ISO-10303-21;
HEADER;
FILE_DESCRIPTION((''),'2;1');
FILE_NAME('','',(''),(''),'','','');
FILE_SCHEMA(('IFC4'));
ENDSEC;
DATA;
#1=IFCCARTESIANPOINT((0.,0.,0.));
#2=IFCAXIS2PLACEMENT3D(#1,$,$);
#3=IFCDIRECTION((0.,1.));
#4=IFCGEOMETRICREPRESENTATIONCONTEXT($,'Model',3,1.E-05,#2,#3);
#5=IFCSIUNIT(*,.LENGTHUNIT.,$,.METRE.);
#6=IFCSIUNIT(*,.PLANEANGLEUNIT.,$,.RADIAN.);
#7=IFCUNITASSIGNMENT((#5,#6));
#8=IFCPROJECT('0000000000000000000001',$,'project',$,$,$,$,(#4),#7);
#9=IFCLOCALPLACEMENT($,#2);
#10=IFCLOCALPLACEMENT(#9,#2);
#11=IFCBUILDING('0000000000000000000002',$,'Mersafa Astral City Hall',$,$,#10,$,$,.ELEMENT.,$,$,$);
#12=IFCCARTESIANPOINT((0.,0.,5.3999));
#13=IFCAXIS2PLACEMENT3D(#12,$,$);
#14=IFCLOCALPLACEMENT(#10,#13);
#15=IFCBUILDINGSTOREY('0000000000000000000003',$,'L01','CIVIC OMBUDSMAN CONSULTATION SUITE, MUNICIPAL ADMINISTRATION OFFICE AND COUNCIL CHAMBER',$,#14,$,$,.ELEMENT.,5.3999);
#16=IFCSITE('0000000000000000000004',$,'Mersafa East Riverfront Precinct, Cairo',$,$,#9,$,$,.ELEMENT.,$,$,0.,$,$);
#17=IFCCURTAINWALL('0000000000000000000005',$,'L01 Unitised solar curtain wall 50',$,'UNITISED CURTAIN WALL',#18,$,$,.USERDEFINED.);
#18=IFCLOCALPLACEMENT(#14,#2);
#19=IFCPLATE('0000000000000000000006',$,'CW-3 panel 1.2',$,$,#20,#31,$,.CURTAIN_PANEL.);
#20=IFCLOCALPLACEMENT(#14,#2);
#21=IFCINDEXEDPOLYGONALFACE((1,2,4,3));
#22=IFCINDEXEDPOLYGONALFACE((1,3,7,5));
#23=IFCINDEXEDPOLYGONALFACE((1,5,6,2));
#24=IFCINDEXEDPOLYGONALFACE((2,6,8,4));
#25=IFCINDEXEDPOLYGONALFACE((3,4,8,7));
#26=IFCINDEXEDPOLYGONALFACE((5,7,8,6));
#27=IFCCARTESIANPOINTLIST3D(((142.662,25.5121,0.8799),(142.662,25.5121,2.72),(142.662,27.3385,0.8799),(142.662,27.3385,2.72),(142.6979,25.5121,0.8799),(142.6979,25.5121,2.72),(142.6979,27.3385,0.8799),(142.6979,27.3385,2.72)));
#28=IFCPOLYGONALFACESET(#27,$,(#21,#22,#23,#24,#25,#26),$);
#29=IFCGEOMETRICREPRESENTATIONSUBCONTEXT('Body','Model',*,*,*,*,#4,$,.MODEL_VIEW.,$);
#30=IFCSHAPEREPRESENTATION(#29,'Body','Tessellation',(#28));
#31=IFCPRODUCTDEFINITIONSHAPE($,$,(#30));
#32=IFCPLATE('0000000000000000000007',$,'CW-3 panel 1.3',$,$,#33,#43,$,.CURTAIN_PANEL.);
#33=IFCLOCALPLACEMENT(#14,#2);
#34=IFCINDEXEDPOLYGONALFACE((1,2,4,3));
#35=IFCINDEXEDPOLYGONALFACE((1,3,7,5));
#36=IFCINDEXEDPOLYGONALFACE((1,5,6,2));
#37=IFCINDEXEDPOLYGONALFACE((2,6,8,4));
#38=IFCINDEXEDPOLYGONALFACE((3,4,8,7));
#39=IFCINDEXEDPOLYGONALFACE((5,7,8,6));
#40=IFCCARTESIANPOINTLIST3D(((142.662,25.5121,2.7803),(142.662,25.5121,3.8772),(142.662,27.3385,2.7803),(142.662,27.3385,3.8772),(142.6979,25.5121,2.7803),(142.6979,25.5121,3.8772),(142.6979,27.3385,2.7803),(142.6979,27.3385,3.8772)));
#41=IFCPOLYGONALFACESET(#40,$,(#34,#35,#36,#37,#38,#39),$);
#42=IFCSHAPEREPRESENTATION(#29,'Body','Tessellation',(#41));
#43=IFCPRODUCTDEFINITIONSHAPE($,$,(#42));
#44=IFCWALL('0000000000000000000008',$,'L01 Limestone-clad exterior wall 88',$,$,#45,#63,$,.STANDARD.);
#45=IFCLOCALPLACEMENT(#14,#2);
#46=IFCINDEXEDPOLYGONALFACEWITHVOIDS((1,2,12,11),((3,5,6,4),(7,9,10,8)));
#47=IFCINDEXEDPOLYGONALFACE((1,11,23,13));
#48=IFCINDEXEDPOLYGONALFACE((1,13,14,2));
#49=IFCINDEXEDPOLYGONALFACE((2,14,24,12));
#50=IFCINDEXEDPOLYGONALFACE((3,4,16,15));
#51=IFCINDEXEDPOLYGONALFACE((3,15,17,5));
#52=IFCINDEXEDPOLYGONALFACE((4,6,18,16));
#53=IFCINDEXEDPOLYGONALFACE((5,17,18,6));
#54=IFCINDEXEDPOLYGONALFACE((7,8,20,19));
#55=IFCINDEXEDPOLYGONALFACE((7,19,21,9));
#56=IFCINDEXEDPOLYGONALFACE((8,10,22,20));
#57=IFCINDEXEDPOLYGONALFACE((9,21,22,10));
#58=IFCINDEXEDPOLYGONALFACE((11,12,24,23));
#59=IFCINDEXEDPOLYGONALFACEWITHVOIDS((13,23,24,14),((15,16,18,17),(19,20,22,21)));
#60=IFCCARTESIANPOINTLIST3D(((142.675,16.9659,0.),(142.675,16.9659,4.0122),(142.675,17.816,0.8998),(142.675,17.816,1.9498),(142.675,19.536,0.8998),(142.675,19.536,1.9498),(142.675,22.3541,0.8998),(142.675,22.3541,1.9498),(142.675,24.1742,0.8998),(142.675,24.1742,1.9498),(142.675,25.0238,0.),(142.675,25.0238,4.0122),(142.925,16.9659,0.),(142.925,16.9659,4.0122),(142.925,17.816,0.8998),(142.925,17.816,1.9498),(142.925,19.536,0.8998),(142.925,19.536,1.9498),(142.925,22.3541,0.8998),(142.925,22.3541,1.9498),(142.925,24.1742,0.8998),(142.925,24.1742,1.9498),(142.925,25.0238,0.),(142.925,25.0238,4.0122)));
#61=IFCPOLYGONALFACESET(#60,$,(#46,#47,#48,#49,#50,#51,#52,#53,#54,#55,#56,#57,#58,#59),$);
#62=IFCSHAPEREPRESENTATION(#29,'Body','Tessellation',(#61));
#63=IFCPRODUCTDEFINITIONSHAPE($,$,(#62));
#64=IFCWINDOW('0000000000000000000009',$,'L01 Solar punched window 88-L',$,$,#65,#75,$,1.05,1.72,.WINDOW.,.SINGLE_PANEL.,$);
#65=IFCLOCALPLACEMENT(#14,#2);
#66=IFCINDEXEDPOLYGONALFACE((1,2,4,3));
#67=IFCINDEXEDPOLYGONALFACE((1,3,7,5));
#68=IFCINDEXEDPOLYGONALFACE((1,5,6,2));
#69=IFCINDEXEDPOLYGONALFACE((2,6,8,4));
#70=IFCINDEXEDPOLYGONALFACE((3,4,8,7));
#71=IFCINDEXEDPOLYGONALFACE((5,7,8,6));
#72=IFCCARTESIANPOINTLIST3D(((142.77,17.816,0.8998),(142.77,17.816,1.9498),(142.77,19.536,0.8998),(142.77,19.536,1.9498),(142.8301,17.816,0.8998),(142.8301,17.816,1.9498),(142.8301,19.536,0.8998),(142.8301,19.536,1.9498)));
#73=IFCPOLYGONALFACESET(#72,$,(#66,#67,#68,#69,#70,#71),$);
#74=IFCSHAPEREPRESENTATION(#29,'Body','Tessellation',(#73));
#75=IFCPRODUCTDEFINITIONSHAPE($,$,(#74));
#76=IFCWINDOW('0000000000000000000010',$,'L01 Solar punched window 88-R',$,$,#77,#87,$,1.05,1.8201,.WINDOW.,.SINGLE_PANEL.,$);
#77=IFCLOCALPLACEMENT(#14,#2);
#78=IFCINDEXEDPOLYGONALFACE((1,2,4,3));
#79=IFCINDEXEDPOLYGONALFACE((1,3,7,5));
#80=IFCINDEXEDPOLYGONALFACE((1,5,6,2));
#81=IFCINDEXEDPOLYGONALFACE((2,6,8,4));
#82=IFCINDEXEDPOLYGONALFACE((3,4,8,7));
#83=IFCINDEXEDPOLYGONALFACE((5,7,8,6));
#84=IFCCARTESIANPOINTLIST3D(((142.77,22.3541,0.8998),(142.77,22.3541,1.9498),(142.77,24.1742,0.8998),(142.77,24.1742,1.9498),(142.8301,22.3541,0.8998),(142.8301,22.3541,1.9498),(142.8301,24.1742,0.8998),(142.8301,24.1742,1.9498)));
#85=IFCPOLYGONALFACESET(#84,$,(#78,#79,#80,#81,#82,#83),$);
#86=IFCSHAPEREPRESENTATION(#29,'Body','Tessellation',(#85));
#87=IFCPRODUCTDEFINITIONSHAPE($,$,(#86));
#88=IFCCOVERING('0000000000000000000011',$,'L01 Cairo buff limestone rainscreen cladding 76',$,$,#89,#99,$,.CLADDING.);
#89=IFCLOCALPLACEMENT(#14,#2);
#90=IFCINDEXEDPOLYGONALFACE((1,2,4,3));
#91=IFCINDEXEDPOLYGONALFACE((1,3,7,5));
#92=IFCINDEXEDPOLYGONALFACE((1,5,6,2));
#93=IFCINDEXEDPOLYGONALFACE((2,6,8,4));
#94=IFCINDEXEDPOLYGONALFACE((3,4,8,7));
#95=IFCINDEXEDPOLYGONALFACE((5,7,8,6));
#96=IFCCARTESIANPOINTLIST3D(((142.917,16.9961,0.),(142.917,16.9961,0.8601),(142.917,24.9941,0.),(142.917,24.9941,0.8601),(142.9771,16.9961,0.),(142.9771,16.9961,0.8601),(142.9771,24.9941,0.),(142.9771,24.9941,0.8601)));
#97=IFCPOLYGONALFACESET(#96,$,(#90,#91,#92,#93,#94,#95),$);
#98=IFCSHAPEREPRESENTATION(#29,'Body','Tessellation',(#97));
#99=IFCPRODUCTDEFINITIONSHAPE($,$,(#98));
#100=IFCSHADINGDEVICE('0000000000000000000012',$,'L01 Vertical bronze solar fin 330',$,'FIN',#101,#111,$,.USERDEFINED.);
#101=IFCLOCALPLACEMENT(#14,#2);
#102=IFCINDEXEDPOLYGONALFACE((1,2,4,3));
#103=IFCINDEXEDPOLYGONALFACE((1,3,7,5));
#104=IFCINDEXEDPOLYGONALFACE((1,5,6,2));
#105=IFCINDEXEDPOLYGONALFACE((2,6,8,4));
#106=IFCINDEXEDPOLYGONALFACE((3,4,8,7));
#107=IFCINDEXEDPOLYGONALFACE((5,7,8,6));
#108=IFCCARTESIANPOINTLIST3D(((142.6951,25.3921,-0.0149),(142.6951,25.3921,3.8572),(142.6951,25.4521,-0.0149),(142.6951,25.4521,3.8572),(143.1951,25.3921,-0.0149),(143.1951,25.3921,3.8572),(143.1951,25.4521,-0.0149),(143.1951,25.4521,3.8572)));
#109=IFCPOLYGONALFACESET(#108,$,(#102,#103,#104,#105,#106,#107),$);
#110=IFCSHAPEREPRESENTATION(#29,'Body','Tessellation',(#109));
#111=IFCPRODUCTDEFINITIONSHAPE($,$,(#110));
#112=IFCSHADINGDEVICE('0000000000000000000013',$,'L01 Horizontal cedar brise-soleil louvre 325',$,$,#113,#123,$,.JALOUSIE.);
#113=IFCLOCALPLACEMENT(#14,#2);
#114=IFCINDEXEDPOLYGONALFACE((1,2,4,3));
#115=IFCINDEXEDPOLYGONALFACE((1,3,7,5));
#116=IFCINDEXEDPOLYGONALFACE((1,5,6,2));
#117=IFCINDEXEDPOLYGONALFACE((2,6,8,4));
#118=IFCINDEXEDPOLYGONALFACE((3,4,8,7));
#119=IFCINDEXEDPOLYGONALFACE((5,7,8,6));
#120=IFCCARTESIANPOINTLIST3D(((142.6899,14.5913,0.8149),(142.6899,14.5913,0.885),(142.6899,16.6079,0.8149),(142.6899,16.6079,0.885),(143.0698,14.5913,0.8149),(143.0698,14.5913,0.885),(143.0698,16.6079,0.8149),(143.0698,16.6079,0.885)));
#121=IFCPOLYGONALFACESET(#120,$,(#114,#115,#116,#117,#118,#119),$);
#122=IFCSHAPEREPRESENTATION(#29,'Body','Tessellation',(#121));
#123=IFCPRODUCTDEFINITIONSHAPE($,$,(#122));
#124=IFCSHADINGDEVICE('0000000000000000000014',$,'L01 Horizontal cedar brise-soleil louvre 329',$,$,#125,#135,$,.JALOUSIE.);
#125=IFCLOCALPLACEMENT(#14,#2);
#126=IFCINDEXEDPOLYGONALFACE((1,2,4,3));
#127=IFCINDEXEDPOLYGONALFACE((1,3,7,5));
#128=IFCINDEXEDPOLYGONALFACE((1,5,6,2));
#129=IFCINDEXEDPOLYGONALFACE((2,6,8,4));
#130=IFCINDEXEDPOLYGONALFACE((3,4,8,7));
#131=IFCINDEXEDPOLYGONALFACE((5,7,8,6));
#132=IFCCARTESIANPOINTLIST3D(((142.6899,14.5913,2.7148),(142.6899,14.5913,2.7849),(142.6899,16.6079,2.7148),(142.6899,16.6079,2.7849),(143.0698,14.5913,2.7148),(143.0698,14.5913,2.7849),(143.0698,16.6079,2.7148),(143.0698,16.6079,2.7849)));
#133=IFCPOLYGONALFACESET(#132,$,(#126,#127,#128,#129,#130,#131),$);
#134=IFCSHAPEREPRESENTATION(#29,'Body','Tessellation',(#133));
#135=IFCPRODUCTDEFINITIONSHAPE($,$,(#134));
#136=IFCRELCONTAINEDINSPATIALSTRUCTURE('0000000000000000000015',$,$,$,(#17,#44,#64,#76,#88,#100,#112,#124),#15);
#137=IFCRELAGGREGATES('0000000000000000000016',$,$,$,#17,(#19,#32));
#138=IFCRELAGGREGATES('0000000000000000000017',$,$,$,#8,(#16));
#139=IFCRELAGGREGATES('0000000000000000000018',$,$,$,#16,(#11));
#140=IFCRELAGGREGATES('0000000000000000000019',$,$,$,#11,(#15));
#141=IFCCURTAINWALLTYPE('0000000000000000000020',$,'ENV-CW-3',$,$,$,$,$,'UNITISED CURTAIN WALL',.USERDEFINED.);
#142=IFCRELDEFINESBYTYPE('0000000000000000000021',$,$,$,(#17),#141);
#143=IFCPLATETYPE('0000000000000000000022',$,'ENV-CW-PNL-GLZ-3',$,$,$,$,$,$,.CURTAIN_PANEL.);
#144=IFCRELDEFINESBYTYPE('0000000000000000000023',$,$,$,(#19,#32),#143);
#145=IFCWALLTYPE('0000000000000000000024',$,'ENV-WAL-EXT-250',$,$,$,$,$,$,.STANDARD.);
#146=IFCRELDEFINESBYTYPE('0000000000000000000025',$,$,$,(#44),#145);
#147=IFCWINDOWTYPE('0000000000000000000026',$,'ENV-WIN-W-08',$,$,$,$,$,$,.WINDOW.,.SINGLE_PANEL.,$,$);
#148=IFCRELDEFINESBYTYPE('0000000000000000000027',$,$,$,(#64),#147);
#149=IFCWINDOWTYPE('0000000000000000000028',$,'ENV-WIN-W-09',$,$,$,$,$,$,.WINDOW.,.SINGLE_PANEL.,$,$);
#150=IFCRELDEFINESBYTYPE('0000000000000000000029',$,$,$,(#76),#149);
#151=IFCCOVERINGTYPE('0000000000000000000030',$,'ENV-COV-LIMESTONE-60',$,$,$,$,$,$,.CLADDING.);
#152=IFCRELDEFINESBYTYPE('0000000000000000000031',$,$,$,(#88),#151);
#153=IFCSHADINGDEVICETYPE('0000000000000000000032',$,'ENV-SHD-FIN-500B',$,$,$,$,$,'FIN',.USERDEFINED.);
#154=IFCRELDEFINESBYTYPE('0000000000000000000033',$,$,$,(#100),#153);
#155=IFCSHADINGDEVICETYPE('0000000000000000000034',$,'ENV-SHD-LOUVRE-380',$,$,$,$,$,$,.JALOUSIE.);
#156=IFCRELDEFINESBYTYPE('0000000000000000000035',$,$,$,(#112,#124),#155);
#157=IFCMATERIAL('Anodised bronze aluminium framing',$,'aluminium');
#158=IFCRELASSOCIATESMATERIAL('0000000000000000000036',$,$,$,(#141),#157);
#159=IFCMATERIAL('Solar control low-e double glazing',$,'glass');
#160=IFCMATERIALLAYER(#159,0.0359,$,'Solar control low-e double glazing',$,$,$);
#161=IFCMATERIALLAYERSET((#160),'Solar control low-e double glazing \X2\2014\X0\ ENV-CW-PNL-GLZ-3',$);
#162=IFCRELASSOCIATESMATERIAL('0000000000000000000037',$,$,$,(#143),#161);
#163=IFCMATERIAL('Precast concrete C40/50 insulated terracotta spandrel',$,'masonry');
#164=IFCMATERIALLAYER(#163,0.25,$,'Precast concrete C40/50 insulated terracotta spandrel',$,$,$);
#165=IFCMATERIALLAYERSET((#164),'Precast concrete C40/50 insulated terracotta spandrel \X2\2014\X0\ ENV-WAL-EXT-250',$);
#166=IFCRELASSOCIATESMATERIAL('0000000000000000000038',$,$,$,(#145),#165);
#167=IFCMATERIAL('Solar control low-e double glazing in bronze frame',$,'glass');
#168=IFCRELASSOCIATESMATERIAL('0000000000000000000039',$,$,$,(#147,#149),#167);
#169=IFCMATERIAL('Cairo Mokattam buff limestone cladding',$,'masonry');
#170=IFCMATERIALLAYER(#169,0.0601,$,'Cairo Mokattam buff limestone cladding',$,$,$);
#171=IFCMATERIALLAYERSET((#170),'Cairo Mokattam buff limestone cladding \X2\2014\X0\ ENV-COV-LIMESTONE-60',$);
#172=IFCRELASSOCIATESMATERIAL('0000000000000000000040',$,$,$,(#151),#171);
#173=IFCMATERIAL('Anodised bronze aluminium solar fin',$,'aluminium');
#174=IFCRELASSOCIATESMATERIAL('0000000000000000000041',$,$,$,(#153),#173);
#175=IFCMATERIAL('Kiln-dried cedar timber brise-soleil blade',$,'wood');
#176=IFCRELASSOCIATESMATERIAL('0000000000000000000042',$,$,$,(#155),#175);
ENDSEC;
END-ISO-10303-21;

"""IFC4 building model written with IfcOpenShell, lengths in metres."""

from ifc_helpers import new_model, si_unit, direction, frame, frame_2d, origin, origin_2d, place, context, subcontext, project, spatial, rectangle, extrude, material, layer, layer_set, type_object, element, fill, aggregate, save


model = new_model("IFC4")

# Units and contexts
model_context = context("Model", 3, precision=1e-05, world=origin(), true_north=direction((0.0, 1.0)))
body_context = subcontext(model_context, "Body", "Model", "MODEL_VIEW")
ifc_project = project(units=[si_unit("LENGTHUNIT", "METRE"), si_unit("PLANEANGLEUNIT", "RADIAN")], contexts=[model_context])

# Site, building, storey
site_placement = place(None, origin())
site = spatial("IfcSite", under=ifc_project, at=site_placement, Name="Mersafa East Riverfront Precinct, Cairo", CompositionType="ELEMENT", RefElevation=0.0)
building_placement = place(site_placement, origin())
building = spatial("IfcBuilding", under=site, at=building_placement, Name="Mersafa Astral City Hall", CompositionType="ELEMENT")
storey_placement = place(building_placement, frame((0.0, 0.0, 5.3999)))
storey = spatial("IfcBuildingStorey", under=building, at=storey_placement, Name="L01", Description="CIVIC OMBUDSMAN CONSULTATION SUITE, MUNICIPAL ADMINISTRATION OFFICE AND COUNCIL CHAMBER", CompositionType="ELEMENT", Elevation=5.3999)

# Shared definitions
ifc_material_1 = material(Name="Anodised bronze aluminium framing", Category="aluminium")

# Curtain wall
curtain_wall_type_1 = type_object("IfcCurtainWallType", Name="ENV-CW-3", ElementType="UNITISED CURTAIN WALL", PredefinedType="USERDEFINED", material=ifc_material_1)
curtain_wall_1_placement = place(storey_placement, origin())
curtain_wall_1 = element("IfcCurtainWall", 1, at=curtain_wall_1_placement, inside=storey, type_object=curtain_wall_type_1, Name="L01 Unitised solar curtain wall 50", ObjectType="UNITISED CURTAIN WALL", PredefinedType="USERDEFINED")

# Plates
ifc_material_2 = material(Name="Solar control low-e double glazing", Category="glass")
ifc_layer_1 = layer(ifc_material_2, 0.0359, Name="Solar control low-e double glazing")
ifc_layer_set_1 = layer_set([ifc_layer_1], Name="Solar control low-e double glazing — ENV-CW-PNL-GLZ-3")
plate_type_1 = type_object("IfcPlateType", Name="ENV-CW-PNL-GLZ-3", PredefinedType="CURTAIN_PANEL", material=ifc_layer_set_1)
plate_1_placement = place(storey_placement, frame((142.6799, 26.4253, 0.8799), z_axis=(0.0, 0.0, 1.0), x_axis=(0.0, 1.0, 0.0)))
plate_1 = element("IfcPlate", 2, at=plate_1_placement, type_object=plate_type_1, Name="CW-3 panel 1.2", PredefinedType="CURTAIN_PANEL", context=body_context, shape_type="SweptSolid", body=[
    extrude(rectangle(XDim=1.8264, YDim=0.0359, at=origin_2d()), origin(), (0.0, 0.0, 1.0), 1.8401),
])
plate_2_placement = place(storey_placement, frame((142.6799, 26.4253, 2.7803), z_axis=(0.0, 0.0, 1.0), x_axis=(0.0, 1.0, 0.0)))
plate_2 = element("IfcPlate", 3, at=plate_2_placement, type_object=plate_type_1, Name="CW-3 panel 1.3", PredefinedType="CURTAIN_PANEL", context=body_context, shape_type="SweptSolid", body=[
    extrude(rectangle(XDim=1.8264, YDim=0.0359, at=origin_2d()), origin(), (0.0, 0.0, 1.0), 1.0969),
])
aggregate(curtain_wall_1, [plate_1, plate_2])

# Wall, openings, windows
ifc_material_3 = material(Name="Precast concrete C40/50 insulated terracotta spandrel", Category="masonry")
ifc_layer_2 = layer(ifc_material_3, 0.25, Name="Precast concrete C40/50 insulated terracotta spandrel")
ifc_layer_set_2 = layer_set([ifc_layer_2], Name="Precast concrete C40/50 insulated terracotta spandrel — ENV-WAL-EXT-250")
wall_type = type_object("IfcWallType", Name="ENV-WAL-EXT-250", PredefinedType="STANDARD", material=ifc_layer_set_2)
wall_placement = place(storey_placement, frame((142.8, 16.9661, 0.0), z_axis=(0.0, 0.0, 1.0), x_axis=(0.0, 1.0, 0.0)))
wall = element("IfcWall", 4, at=wall_placement, inside=storey, type_object=wall_type, Name="L01 Limestone-clad exterior wall 88", PredefinedType="STANDARD", context=body_context, shape_type="SweptSolid", body=[
    extrude(rectangle(XDim=8.0579, YDim=0.25, at=frame_2d((4.0288, 0.0))), origin(), (0.0, 0.0, 1.0), 4.0122),
])
opening_1_placement = place(wall_placement, frame((0.8501, 0.0, 0.8999)))
opening_1 = element("IfcOpeningElement", 5, at=opening_1_placement, cuts=wall, PredefinedType="OPENING", context=body_context, shape_type="SweptSolid", body=[
    extrude(rectangle(XDim=1.72, YDim=1.05, at=frame_2d((0.8599, 0.5249))), frame((0.0, 0.135, 0.0), z_axis=(0.0, -1.0, 0.0), x_axis=(1.0, 0.0, 0.0)), (0.0, 0.0, 1.0), 0.27),
])
opening_2_placement = place(wall_placement, frame((5.3879, 0.0, 0.8999)))
opening_2 = element("IfcOpeningElement", 6, at=opening_2_placement, cuts=wall, PredefinedType="OPENING", context=body_context, shape_type="SweptSolid", body=[
    extrude(rectangle(XDim=1.8201, YDim=1.05, at=frame_2d((0.9102, 0.5249))), frame((0.0, 0.135, 0.0), z_axis=(0.0, -1.0, 0.0), x_axis=(1.0, 0.0, 0.0)), (0.0, 0.0, 1.0), 0.27),
])
ifc_material_4 = material(Name="Solar control low-e double glazing in bronze frame", Category="glass")
window_type_1 = type_object("IfcWindowType", Name="ENV-WIN-W-08", PartitioningType="SINGLE_PANEL", PredefinedType="WINDOW", material=ifc_material_4)
window_1_placement = place(opening_1_placement, origin())
window_1 = element("IfcWindow", 7, at=window_1_placement, inside=storey, type_object=window_type_1, Name="L01 Solar punched window 88-L", OverallHeight=1.05, OverallWidth=1.72, PartitioningType="SINGLE_PANEL", PredefinedType="WINDOW", context=body_context, shape_type="SweptSolid", body=[
    extrude(rectangle(XDim=1.72, YDim=1.05, at=frame_2d((0.8599, 0.5249))), frame((0.0, 0.03, 0.0), z_axis=(0.0, -1.0, 0.0), x_axis=(1.0, 0.0, 0.0)), (0.0, 0.0, 1.0), 0.0601),
])
fill(opening_1, window_1)
window_type_2 = type_object("IfcWindowType", Name="ENV-WIN-W-09", PartitioningType="SINGLE_PANEL", PredefinedType="WINDOW", material=ifc_material_4)
window_2_placement = place(opening_2_placement, origin())
window_2 = element("IfcWindow", 8, at=window_2_placement, inside=storey, type_object=window_type_2, Name="L01 Solar punched window 88-R", OverallHeight=1.05, OverallWidth=1.8201, PartitioningType="SINGLE_PANEL", PredefinedType="WINDOW", context=body_context, shape_type="SweptSolid", body=[
    extrude(rectangle(XDim=1.8201, YDim=1.05, at=frame_2d((0.9102, 0.5249))), frame((0.0, 0.03, 0.0), z_axis=(0.0, -1.0, 0.0), x_axis=(1.0, 0.0, 0.0)), (0.0, 0.0, 1.0), 0.0601),
])
fill(opening_2, window_2)

# Covering
ifc_material_5 = material(Name="Cairo Mokattam buff limestone cladding", Category="masonry")
ifc_layer_3 = layer(ifc_material_5, 0.0601, Name="Cairo Mokattam buff limestone cladding")
ifc_layer_set_3 = layer_set([ifc_layer_3], Name="Cairo Mokattam buff limestone cladding — ENV-COV-LIMESTONE-60")
covering_type = type_object("IfcCoveringType", Name="ENV-COV-LIMESTONE-60", PredefinedType="CLADDING", material=ifc_layer_set_3)
covering_placement = place(storey_placement, frame((142.947, 20.9951, 0.0), z_axis=(0.0, 0.0, 1.0), x_axis=(0.0, 1.0, 0.0)))
element("IfcCovering", 9, at=covering_placement, inside=storey, type_object=covering_type, Name="L01 Cairo buff limestone rainscreen cladding 76", PredefinedType="CLADDING", context=body_context, shape_type="SweptSolid", body=[
    extrude(rectangle(XDim=7.998, YDim=0.0601, at=origin_2d()), origin(), (0.0, 0.0, 1.0), 0.8601),
])

# Shading devices
ifc_material_6 = material(Name="Anodised bronze aluminium solar fin", Category="aluminium")
shading_device_type_1 = type_object("IfcShadingDeviceType", Name="ENV-SHD-FIN-500B", ElementType="FIN", PredefinedType="USERDEFINED", material=ifc_material_6)
shading_device_placement = place(storey_placement, frame((142.9451, 25.4221, -0.0149), z_axis=(0.0, 0.0, 1.0), x_axis=(0.0, 1.0, 0.0)))
element("IfcShadingDevice", 10, at=shading_device_placement, inside=storey, type_object=shading_device_type_1, Name="L01 Vertical bronze solar fin 330", ObjectType="FIN", PredefinedType="USERDEFINED", context=body_context, shape_type="SweptSolid", body=[
    extrude(rectangle(XDim=0.0601, YDim=0.5, at=origin_2d()), origin(), (0.0, 0.0, 1.0), 3.8721),
])
ifc_material_7 = material(Name="Kiln-dried cedar timber brise-soleil blade", Category="wood")
shading_device_type_2 = type_object("IfcShadingDeviceType", Name="ENV-SHD-LOUVRE-380", PredefinedType="JALOUSIE", material=ifc_material_7)
for number, where, z_axis, x_axis, name in (
    (11, (142.8799, 15.5996, 0.8149), (0.0, 0.0, 1.0), (0.0, 1.0, 0.0), "L01 Horizontal cedar brise-soleil louvre 325"),
    (12, (142.8799, 15.5996, 2.7148), (0.0, 0.0, 1.0), (0.0, 1.0, 0.0), "L01 Horizontal cedar brise-soleil louvre 329"),
):
    element("IfcShadingDevice", number, at=place(storey_placement, frame(where, z_axis=z_axis, x_axis=x_axis)), inside=storey, type_object=shading_device_type_2, Name=name, PredefinedType="JALOUSIE", context=body_context, shape_type="SweptSolid", body=[
        extrude(rectangle(XDim=2.0166, YDim=0.3799, at=origin_2d()), origin(), (0.0, 0.0, 1.0), 0.0701),
    ])

save(model, "model.ifc")
